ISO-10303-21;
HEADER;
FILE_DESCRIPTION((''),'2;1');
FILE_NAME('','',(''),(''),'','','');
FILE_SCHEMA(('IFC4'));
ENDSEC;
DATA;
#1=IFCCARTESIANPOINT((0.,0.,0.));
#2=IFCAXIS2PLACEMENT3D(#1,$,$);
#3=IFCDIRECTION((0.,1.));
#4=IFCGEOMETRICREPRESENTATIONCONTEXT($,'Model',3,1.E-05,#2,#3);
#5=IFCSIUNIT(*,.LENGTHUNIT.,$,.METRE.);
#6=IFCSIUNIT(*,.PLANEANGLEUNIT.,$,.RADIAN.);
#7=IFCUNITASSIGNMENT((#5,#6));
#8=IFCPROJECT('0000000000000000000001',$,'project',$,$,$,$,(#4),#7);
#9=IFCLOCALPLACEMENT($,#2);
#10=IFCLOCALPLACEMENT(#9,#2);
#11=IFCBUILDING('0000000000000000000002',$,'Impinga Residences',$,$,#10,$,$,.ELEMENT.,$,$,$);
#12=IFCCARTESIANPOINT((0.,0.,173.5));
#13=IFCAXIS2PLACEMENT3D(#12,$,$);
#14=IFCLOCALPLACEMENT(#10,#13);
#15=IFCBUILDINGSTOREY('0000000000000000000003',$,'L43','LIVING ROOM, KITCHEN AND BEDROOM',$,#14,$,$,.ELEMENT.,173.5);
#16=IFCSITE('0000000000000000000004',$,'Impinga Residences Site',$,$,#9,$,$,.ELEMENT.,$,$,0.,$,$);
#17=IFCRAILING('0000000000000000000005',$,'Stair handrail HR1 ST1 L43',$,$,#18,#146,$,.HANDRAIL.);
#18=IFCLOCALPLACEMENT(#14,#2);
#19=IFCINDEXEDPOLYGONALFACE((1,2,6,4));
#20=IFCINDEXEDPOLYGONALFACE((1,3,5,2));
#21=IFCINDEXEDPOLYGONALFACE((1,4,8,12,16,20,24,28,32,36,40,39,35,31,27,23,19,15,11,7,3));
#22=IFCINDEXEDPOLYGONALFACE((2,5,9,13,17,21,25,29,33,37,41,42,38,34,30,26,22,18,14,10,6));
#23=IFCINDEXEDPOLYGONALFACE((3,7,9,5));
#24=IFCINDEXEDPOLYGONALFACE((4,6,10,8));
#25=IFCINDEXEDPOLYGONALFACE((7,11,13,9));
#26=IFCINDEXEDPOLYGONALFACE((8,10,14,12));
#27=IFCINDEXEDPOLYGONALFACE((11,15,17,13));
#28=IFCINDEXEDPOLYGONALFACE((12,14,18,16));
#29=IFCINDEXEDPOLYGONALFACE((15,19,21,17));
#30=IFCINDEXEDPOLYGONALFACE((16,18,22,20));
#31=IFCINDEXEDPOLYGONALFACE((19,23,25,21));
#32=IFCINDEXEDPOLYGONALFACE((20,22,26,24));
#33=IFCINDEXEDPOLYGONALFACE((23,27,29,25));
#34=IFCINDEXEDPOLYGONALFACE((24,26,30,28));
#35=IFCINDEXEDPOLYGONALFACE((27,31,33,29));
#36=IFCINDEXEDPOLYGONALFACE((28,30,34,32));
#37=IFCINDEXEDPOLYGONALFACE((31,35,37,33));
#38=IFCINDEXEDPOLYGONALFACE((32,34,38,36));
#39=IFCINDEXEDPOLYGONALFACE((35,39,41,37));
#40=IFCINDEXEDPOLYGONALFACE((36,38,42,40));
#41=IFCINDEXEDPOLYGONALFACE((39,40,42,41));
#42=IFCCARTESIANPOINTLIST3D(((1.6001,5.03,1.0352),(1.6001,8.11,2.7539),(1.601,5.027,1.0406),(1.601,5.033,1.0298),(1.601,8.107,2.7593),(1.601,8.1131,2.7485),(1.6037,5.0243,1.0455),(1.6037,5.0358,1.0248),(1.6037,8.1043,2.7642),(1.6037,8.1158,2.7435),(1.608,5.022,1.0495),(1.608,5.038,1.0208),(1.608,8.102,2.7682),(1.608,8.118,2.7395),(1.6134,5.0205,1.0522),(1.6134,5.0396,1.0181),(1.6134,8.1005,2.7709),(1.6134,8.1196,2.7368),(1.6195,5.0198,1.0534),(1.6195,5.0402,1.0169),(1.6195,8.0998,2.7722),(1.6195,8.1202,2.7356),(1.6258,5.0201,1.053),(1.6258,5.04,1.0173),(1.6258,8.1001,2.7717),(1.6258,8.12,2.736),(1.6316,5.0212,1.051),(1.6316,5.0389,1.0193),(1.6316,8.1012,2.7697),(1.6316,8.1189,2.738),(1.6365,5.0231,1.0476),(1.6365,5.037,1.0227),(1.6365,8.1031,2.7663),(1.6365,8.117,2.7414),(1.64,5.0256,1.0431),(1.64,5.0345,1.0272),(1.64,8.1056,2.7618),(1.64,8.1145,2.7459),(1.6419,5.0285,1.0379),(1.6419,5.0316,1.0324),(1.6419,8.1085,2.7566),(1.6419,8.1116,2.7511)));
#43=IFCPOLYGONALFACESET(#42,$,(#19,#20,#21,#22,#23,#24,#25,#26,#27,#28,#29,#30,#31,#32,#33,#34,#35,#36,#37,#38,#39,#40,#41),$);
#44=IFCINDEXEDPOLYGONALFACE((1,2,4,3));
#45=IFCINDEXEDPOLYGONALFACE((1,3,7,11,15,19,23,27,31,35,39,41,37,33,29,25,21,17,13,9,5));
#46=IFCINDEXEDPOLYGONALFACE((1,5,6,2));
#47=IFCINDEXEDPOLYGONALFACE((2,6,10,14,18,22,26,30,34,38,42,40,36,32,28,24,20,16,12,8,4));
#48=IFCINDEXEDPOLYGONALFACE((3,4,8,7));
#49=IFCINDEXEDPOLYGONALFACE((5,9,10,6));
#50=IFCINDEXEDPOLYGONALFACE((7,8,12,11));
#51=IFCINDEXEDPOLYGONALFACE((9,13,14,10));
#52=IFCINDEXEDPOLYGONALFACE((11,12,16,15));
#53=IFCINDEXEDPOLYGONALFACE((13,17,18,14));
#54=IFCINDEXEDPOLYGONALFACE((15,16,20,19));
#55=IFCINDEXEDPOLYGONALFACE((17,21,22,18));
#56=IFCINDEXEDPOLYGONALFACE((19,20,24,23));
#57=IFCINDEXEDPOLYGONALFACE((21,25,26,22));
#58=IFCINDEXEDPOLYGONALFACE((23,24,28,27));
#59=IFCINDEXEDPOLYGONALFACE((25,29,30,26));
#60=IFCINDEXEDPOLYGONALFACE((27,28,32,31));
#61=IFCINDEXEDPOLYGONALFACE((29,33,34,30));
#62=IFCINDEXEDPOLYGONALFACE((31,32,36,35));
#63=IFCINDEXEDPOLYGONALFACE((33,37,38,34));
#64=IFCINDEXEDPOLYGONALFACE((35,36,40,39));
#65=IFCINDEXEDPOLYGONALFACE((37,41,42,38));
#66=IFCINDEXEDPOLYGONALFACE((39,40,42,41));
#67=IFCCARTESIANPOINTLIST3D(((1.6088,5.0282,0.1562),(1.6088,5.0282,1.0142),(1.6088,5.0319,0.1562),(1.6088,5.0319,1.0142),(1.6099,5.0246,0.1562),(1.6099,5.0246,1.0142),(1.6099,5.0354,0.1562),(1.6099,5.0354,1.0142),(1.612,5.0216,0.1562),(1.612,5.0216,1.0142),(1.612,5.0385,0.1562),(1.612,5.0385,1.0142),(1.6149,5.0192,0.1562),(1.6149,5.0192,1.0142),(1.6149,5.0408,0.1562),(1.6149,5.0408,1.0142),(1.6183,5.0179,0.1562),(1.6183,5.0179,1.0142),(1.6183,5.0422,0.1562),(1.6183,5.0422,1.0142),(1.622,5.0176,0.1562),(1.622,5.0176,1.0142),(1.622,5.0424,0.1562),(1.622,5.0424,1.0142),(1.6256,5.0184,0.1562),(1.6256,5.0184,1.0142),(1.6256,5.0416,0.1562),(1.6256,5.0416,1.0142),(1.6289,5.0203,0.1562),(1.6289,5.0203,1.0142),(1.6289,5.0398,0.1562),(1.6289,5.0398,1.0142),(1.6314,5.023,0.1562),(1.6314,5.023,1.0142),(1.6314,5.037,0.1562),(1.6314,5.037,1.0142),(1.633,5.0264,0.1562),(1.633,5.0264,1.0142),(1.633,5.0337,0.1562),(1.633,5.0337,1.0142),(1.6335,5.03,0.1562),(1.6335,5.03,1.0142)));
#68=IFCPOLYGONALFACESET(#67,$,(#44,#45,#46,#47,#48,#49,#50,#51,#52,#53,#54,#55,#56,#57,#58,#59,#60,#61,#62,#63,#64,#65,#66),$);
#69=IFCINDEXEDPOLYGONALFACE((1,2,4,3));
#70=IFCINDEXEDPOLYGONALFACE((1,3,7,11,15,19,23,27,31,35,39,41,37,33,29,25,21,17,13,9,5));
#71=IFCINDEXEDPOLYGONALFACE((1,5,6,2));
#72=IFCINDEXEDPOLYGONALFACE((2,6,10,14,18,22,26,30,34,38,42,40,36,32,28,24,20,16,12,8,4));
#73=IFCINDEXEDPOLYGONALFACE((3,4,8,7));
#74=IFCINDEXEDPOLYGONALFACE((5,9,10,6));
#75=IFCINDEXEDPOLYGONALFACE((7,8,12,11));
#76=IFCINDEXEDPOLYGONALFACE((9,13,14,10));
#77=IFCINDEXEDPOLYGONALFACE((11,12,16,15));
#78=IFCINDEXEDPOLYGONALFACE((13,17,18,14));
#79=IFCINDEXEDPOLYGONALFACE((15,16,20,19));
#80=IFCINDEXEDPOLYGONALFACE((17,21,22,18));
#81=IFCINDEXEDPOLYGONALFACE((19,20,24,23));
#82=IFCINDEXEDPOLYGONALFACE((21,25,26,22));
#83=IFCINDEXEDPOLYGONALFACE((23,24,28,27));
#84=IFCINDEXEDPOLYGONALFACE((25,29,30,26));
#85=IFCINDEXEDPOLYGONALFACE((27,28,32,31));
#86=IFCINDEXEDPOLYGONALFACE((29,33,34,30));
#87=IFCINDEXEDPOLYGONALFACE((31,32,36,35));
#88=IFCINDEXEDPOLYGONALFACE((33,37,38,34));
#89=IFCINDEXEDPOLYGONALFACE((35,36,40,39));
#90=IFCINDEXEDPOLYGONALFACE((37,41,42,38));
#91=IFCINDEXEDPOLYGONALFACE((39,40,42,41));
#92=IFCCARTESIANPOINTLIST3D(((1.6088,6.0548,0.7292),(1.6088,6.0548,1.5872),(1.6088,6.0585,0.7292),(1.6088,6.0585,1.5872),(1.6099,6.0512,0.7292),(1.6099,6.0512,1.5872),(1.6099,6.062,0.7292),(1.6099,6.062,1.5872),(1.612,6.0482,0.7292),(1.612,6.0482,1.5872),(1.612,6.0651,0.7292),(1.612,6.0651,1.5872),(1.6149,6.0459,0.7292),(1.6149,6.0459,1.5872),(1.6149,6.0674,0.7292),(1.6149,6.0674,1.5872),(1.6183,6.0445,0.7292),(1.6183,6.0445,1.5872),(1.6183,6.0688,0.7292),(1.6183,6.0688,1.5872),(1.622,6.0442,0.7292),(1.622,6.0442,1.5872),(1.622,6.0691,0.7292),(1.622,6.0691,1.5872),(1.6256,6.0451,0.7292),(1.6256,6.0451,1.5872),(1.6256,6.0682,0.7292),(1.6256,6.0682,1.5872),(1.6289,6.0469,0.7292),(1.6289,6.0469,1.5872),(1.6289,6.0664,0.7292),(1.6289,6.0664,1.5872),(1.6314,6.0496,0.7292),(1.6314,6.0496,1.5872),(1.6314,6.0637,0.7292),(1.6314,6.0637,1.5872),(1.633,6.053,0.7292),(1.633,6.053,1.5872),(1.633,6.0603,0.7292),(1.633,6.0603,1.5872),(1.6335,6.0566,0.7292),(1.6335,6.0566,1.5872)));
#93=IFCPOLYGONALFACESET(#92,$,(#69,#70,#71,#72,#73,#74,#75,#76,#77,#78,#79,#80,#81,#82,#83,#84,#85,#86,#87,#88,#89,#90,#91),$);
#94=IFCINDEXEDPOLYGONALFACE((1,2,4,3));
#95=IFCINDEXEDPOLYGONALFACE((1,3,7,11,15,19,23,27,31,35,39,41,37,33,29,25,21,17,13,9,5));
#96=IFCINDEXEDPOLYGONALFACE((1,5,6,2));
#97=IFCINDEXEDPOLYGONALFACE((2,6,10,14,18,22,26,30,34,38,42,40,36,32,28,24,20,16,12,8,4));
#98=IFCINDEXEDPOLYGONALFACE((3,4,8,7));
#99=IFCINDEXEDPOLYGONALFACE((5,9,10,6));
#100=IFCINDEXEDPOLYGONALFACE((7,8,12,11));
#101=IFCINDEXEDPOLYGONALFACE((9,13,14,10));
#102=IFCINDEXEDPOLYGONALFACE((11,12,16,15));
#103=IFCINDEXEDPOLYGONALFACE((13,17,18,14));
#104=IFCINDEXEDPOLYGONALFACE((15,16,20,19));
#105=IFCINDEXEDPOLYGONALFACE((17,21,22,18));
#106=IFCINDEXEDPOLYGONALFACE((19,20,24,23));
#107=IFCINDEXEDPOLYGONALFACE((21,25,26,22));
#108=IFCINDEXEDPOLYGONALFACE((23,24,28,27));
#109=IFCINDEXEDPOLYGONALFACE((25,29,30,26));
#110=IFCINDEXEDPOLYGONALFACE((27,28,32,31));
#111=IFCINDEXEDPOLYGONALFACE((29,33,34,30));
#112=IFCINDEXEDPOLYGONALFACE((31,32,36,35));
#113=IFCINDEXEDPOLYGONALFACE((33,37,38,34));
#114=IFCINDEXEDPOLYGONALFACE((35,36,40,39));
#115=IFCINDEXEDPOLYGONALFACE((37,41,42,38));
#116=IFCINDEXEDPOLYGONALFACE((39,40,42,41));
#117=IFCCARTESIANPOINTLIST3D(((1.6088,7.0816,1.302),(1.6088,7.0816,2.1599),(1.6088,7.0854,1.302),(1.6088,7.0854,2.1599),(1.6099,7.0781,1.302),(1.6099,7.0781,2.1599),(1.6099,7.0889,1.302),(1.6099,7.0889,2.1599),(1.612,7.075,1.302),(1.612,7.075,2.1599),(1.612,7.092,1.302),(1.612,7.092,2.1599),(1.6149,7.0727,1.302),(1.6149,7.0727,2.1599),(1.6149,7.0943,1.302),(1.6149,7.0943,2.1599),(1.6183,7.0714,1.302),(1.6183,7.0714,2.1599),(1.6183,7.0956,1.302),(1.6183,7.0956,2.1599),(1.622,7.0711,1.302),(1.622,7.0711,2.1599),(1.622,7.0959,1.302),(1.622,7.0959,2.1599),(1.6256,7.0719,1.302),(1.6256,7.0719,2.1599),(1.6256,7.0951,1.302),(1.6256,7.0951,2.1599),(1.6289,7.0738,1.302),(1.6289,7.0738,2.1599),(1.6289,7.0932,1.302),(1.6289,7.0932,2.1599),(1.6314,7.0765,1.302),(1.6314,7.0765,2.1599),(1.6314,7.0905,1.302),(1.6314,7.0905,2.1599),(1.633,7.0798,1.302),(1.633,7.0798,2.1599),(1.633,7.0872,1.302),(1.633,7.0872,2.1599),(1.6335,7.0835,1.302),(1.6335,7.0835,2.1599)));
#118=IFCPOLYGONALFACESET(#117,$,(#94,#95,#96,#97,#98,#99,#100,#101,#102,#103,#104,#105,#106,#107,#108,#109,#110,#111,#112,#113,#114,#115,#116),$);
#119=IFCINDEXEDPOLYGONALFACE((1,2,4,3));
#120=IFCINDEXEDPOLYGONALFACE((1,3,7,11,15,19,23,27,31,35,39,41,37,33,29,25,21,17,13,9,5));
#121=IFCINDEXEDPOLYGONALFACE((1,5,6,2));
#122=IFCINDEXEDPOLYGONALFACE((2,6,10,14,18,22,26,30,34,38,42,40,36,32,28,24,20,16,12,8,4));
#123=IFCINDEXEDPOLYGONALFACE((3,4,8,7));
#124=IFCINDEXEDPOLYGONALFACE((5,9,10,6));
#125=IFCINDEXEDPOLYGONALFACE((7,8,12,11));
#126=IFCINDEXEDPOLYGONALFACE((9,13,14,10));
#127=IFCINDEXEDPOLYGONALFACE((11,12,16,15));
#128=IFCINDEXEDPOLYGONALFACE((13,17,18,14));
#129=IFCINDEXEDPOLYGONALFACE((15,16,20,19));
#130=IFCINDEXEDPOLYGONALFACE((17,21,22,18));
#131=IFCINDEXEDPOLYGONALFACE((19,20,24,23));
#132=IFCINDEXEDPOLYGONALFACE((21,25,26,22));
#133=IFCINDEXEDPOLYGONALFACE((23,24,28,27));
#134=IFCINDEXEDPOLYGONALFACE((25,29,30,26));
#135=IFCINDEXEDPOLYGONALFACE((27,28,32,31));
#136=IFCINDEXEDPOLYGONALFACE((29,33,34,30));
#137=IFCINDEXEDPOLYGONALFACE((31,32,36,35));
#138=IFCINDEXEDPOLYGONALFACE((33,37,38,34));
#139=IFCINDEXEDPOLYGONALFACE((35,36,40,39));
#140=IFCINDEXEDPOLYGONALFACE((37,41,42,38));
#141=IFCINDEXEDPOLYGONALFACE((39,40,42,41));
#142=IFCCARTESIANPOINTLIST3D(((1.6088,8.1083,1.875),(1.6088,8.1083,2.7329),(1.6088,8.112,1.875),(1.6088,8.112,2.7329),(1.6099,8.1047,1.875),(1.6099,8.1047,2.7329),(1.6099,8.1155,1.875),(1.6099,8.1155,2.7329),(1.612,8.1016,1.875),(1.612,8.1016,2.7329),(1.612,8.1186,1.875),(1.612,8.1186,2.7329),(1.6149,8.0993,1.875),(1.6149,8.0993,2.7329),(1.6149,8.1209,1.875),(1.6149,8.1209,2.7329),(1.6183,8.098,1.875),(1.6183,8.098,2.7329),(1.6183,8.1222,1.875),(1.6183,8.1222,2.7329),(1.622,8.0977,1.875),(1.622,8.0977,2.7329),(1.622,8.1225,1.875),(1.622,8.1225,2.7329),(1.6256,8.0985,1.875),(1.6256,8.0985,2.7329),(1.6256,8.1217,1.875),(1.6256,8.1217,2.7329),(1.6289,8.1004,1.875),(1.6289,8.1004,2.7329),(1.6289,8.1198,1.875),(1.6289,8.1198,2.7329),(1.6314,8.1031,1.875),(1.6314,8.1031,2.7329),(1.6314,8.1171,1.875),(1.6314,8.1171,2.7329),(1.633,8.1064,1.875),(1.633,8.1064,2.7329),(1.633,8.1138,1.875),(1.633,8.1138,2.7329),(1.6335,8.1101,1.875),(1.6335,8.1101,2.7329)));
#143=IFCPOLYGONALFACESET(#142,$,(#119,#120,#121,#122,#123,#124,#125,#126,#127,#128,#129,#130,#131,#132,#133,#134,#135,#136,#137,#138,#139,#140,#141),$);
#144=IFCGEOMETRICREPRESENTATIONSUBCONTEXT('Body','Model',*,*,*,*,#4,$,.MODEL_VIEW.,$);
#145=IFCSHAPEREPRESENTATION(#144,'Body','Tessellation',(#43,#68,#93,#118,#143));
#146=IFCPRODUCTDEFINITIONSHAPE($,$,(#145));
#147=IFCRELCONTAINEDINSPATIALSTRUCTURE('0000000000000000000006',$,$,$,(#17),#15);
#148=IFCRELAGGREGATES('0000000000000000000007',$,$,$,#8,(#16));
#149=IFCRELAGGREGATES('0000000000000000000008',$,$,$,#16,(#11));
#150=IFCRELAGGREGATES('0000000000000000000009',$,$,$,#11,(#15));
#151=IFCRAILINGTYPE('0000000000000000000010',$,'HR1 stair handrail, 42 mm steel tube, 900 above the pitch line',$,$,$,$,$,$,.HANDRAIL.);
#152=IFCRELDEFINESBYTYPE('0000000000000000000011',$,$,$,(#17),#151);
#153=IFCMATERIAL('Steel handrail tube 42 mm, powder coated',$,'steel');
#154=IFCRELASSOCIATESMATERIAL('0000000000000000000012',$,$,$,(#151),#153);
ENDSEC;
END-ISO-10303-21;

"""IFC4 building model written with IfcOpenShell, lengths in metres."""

from ifc_helpers import new_model, si_unit, direction, frame, origin, origin_2d, place, context, subcontext, project, spatial, circle, extrude, material, type_object, element, save


model = new_model("IFC4")

# Units and contexts
model_context = context("Model", 3, precision=1e-05, world=origin(), true_north=direction((0.0, 1.0)))
body_context = subcontext(model_context, "Body", "Model", "MODEL_VIEW")
ifc_project = project(units=[si_unit("LENGTHUNIT", "METRE"), si_unit("PLANEANGLEUNIT", "RADIAN")], contexts=[model_context])

# Site, building, storey
site_placement = place(None, origin())
site = spatial("IfcSite", under=ifc_project, at=site_placement, Name="Impinga Residences Site", CompositionType="ELEMENT", RefElevation=0.0)
building_placement = place(site_placement, origin())
building = spatial("IfcBuilding", under=site, at=building_placement, Name="Impinga Residences", CompositionType="ELEMENT")
storey_placement = place(building_placement, frame((0.0, 0.0, 173.5)))
storey = spatial("IfcBuildingStorey", under=building, at=storey_placement, Name="L43", Description="LIVING ROOM, KITCHEN AND BEDROOM", CompositionType="ELEMENT", Elevation=173.5)

# Railing
ifc_material_1 = material(Name="Steel handrail tube 42 mm, powder coated", Category="steel")
railing_type_1 = type_object("IfcRailingType", Name="HR1 stair handrail, 42 mm steel tube, 900 above the pitch line", PredefinedType="HANDRAIL", material=ifc_material_1)
railing_1_placement = place(storey_placement, frame((1.6211, 5.03, 0.1562)))
element("IfcRailing", 1, at=railing_1_placement, inside=storey, type_object=railing_type_1, Name="Stair handrail HR1 ST1 L43", PredefinedType="HANDRAIL", context=body_context, shape_type="SweptSolid", body=[
    extrude(circle(Radius=0.021, at=origin_2d()), frame((0.0, 0.0, 0.8789), z_axis=(0.0, 0.873242, 0.487288), x_axis=(-1.0, 0.0, 0.0)), (0.0, 0.0, 1.0), 3.5271),
    extrude(circle(Radius=0.0125, at=origin_2d()), origin(), (0.0, 0.0, 1.0), 0.8579),
    extrude(circle(Radius=0.0125, at=origin_2d()), frame((0.0, 1.0266, 0.573)), (0.0, 0.0, 1.0), 0.8579),
    extrude(circle(Radius=0.0125, at=origin_2d()), frame((0.0, 2.0535, 1.1458)), (0.0, 0.0, 1.0), 0.8579),
    extrude(circle(Radius=0.0125, at=origin_2d()), frame((0.0, 3.0801, 1.7188)), (0.0, 0.0, 1.0), 0.8579),
])

save(model, "model.ifc")
